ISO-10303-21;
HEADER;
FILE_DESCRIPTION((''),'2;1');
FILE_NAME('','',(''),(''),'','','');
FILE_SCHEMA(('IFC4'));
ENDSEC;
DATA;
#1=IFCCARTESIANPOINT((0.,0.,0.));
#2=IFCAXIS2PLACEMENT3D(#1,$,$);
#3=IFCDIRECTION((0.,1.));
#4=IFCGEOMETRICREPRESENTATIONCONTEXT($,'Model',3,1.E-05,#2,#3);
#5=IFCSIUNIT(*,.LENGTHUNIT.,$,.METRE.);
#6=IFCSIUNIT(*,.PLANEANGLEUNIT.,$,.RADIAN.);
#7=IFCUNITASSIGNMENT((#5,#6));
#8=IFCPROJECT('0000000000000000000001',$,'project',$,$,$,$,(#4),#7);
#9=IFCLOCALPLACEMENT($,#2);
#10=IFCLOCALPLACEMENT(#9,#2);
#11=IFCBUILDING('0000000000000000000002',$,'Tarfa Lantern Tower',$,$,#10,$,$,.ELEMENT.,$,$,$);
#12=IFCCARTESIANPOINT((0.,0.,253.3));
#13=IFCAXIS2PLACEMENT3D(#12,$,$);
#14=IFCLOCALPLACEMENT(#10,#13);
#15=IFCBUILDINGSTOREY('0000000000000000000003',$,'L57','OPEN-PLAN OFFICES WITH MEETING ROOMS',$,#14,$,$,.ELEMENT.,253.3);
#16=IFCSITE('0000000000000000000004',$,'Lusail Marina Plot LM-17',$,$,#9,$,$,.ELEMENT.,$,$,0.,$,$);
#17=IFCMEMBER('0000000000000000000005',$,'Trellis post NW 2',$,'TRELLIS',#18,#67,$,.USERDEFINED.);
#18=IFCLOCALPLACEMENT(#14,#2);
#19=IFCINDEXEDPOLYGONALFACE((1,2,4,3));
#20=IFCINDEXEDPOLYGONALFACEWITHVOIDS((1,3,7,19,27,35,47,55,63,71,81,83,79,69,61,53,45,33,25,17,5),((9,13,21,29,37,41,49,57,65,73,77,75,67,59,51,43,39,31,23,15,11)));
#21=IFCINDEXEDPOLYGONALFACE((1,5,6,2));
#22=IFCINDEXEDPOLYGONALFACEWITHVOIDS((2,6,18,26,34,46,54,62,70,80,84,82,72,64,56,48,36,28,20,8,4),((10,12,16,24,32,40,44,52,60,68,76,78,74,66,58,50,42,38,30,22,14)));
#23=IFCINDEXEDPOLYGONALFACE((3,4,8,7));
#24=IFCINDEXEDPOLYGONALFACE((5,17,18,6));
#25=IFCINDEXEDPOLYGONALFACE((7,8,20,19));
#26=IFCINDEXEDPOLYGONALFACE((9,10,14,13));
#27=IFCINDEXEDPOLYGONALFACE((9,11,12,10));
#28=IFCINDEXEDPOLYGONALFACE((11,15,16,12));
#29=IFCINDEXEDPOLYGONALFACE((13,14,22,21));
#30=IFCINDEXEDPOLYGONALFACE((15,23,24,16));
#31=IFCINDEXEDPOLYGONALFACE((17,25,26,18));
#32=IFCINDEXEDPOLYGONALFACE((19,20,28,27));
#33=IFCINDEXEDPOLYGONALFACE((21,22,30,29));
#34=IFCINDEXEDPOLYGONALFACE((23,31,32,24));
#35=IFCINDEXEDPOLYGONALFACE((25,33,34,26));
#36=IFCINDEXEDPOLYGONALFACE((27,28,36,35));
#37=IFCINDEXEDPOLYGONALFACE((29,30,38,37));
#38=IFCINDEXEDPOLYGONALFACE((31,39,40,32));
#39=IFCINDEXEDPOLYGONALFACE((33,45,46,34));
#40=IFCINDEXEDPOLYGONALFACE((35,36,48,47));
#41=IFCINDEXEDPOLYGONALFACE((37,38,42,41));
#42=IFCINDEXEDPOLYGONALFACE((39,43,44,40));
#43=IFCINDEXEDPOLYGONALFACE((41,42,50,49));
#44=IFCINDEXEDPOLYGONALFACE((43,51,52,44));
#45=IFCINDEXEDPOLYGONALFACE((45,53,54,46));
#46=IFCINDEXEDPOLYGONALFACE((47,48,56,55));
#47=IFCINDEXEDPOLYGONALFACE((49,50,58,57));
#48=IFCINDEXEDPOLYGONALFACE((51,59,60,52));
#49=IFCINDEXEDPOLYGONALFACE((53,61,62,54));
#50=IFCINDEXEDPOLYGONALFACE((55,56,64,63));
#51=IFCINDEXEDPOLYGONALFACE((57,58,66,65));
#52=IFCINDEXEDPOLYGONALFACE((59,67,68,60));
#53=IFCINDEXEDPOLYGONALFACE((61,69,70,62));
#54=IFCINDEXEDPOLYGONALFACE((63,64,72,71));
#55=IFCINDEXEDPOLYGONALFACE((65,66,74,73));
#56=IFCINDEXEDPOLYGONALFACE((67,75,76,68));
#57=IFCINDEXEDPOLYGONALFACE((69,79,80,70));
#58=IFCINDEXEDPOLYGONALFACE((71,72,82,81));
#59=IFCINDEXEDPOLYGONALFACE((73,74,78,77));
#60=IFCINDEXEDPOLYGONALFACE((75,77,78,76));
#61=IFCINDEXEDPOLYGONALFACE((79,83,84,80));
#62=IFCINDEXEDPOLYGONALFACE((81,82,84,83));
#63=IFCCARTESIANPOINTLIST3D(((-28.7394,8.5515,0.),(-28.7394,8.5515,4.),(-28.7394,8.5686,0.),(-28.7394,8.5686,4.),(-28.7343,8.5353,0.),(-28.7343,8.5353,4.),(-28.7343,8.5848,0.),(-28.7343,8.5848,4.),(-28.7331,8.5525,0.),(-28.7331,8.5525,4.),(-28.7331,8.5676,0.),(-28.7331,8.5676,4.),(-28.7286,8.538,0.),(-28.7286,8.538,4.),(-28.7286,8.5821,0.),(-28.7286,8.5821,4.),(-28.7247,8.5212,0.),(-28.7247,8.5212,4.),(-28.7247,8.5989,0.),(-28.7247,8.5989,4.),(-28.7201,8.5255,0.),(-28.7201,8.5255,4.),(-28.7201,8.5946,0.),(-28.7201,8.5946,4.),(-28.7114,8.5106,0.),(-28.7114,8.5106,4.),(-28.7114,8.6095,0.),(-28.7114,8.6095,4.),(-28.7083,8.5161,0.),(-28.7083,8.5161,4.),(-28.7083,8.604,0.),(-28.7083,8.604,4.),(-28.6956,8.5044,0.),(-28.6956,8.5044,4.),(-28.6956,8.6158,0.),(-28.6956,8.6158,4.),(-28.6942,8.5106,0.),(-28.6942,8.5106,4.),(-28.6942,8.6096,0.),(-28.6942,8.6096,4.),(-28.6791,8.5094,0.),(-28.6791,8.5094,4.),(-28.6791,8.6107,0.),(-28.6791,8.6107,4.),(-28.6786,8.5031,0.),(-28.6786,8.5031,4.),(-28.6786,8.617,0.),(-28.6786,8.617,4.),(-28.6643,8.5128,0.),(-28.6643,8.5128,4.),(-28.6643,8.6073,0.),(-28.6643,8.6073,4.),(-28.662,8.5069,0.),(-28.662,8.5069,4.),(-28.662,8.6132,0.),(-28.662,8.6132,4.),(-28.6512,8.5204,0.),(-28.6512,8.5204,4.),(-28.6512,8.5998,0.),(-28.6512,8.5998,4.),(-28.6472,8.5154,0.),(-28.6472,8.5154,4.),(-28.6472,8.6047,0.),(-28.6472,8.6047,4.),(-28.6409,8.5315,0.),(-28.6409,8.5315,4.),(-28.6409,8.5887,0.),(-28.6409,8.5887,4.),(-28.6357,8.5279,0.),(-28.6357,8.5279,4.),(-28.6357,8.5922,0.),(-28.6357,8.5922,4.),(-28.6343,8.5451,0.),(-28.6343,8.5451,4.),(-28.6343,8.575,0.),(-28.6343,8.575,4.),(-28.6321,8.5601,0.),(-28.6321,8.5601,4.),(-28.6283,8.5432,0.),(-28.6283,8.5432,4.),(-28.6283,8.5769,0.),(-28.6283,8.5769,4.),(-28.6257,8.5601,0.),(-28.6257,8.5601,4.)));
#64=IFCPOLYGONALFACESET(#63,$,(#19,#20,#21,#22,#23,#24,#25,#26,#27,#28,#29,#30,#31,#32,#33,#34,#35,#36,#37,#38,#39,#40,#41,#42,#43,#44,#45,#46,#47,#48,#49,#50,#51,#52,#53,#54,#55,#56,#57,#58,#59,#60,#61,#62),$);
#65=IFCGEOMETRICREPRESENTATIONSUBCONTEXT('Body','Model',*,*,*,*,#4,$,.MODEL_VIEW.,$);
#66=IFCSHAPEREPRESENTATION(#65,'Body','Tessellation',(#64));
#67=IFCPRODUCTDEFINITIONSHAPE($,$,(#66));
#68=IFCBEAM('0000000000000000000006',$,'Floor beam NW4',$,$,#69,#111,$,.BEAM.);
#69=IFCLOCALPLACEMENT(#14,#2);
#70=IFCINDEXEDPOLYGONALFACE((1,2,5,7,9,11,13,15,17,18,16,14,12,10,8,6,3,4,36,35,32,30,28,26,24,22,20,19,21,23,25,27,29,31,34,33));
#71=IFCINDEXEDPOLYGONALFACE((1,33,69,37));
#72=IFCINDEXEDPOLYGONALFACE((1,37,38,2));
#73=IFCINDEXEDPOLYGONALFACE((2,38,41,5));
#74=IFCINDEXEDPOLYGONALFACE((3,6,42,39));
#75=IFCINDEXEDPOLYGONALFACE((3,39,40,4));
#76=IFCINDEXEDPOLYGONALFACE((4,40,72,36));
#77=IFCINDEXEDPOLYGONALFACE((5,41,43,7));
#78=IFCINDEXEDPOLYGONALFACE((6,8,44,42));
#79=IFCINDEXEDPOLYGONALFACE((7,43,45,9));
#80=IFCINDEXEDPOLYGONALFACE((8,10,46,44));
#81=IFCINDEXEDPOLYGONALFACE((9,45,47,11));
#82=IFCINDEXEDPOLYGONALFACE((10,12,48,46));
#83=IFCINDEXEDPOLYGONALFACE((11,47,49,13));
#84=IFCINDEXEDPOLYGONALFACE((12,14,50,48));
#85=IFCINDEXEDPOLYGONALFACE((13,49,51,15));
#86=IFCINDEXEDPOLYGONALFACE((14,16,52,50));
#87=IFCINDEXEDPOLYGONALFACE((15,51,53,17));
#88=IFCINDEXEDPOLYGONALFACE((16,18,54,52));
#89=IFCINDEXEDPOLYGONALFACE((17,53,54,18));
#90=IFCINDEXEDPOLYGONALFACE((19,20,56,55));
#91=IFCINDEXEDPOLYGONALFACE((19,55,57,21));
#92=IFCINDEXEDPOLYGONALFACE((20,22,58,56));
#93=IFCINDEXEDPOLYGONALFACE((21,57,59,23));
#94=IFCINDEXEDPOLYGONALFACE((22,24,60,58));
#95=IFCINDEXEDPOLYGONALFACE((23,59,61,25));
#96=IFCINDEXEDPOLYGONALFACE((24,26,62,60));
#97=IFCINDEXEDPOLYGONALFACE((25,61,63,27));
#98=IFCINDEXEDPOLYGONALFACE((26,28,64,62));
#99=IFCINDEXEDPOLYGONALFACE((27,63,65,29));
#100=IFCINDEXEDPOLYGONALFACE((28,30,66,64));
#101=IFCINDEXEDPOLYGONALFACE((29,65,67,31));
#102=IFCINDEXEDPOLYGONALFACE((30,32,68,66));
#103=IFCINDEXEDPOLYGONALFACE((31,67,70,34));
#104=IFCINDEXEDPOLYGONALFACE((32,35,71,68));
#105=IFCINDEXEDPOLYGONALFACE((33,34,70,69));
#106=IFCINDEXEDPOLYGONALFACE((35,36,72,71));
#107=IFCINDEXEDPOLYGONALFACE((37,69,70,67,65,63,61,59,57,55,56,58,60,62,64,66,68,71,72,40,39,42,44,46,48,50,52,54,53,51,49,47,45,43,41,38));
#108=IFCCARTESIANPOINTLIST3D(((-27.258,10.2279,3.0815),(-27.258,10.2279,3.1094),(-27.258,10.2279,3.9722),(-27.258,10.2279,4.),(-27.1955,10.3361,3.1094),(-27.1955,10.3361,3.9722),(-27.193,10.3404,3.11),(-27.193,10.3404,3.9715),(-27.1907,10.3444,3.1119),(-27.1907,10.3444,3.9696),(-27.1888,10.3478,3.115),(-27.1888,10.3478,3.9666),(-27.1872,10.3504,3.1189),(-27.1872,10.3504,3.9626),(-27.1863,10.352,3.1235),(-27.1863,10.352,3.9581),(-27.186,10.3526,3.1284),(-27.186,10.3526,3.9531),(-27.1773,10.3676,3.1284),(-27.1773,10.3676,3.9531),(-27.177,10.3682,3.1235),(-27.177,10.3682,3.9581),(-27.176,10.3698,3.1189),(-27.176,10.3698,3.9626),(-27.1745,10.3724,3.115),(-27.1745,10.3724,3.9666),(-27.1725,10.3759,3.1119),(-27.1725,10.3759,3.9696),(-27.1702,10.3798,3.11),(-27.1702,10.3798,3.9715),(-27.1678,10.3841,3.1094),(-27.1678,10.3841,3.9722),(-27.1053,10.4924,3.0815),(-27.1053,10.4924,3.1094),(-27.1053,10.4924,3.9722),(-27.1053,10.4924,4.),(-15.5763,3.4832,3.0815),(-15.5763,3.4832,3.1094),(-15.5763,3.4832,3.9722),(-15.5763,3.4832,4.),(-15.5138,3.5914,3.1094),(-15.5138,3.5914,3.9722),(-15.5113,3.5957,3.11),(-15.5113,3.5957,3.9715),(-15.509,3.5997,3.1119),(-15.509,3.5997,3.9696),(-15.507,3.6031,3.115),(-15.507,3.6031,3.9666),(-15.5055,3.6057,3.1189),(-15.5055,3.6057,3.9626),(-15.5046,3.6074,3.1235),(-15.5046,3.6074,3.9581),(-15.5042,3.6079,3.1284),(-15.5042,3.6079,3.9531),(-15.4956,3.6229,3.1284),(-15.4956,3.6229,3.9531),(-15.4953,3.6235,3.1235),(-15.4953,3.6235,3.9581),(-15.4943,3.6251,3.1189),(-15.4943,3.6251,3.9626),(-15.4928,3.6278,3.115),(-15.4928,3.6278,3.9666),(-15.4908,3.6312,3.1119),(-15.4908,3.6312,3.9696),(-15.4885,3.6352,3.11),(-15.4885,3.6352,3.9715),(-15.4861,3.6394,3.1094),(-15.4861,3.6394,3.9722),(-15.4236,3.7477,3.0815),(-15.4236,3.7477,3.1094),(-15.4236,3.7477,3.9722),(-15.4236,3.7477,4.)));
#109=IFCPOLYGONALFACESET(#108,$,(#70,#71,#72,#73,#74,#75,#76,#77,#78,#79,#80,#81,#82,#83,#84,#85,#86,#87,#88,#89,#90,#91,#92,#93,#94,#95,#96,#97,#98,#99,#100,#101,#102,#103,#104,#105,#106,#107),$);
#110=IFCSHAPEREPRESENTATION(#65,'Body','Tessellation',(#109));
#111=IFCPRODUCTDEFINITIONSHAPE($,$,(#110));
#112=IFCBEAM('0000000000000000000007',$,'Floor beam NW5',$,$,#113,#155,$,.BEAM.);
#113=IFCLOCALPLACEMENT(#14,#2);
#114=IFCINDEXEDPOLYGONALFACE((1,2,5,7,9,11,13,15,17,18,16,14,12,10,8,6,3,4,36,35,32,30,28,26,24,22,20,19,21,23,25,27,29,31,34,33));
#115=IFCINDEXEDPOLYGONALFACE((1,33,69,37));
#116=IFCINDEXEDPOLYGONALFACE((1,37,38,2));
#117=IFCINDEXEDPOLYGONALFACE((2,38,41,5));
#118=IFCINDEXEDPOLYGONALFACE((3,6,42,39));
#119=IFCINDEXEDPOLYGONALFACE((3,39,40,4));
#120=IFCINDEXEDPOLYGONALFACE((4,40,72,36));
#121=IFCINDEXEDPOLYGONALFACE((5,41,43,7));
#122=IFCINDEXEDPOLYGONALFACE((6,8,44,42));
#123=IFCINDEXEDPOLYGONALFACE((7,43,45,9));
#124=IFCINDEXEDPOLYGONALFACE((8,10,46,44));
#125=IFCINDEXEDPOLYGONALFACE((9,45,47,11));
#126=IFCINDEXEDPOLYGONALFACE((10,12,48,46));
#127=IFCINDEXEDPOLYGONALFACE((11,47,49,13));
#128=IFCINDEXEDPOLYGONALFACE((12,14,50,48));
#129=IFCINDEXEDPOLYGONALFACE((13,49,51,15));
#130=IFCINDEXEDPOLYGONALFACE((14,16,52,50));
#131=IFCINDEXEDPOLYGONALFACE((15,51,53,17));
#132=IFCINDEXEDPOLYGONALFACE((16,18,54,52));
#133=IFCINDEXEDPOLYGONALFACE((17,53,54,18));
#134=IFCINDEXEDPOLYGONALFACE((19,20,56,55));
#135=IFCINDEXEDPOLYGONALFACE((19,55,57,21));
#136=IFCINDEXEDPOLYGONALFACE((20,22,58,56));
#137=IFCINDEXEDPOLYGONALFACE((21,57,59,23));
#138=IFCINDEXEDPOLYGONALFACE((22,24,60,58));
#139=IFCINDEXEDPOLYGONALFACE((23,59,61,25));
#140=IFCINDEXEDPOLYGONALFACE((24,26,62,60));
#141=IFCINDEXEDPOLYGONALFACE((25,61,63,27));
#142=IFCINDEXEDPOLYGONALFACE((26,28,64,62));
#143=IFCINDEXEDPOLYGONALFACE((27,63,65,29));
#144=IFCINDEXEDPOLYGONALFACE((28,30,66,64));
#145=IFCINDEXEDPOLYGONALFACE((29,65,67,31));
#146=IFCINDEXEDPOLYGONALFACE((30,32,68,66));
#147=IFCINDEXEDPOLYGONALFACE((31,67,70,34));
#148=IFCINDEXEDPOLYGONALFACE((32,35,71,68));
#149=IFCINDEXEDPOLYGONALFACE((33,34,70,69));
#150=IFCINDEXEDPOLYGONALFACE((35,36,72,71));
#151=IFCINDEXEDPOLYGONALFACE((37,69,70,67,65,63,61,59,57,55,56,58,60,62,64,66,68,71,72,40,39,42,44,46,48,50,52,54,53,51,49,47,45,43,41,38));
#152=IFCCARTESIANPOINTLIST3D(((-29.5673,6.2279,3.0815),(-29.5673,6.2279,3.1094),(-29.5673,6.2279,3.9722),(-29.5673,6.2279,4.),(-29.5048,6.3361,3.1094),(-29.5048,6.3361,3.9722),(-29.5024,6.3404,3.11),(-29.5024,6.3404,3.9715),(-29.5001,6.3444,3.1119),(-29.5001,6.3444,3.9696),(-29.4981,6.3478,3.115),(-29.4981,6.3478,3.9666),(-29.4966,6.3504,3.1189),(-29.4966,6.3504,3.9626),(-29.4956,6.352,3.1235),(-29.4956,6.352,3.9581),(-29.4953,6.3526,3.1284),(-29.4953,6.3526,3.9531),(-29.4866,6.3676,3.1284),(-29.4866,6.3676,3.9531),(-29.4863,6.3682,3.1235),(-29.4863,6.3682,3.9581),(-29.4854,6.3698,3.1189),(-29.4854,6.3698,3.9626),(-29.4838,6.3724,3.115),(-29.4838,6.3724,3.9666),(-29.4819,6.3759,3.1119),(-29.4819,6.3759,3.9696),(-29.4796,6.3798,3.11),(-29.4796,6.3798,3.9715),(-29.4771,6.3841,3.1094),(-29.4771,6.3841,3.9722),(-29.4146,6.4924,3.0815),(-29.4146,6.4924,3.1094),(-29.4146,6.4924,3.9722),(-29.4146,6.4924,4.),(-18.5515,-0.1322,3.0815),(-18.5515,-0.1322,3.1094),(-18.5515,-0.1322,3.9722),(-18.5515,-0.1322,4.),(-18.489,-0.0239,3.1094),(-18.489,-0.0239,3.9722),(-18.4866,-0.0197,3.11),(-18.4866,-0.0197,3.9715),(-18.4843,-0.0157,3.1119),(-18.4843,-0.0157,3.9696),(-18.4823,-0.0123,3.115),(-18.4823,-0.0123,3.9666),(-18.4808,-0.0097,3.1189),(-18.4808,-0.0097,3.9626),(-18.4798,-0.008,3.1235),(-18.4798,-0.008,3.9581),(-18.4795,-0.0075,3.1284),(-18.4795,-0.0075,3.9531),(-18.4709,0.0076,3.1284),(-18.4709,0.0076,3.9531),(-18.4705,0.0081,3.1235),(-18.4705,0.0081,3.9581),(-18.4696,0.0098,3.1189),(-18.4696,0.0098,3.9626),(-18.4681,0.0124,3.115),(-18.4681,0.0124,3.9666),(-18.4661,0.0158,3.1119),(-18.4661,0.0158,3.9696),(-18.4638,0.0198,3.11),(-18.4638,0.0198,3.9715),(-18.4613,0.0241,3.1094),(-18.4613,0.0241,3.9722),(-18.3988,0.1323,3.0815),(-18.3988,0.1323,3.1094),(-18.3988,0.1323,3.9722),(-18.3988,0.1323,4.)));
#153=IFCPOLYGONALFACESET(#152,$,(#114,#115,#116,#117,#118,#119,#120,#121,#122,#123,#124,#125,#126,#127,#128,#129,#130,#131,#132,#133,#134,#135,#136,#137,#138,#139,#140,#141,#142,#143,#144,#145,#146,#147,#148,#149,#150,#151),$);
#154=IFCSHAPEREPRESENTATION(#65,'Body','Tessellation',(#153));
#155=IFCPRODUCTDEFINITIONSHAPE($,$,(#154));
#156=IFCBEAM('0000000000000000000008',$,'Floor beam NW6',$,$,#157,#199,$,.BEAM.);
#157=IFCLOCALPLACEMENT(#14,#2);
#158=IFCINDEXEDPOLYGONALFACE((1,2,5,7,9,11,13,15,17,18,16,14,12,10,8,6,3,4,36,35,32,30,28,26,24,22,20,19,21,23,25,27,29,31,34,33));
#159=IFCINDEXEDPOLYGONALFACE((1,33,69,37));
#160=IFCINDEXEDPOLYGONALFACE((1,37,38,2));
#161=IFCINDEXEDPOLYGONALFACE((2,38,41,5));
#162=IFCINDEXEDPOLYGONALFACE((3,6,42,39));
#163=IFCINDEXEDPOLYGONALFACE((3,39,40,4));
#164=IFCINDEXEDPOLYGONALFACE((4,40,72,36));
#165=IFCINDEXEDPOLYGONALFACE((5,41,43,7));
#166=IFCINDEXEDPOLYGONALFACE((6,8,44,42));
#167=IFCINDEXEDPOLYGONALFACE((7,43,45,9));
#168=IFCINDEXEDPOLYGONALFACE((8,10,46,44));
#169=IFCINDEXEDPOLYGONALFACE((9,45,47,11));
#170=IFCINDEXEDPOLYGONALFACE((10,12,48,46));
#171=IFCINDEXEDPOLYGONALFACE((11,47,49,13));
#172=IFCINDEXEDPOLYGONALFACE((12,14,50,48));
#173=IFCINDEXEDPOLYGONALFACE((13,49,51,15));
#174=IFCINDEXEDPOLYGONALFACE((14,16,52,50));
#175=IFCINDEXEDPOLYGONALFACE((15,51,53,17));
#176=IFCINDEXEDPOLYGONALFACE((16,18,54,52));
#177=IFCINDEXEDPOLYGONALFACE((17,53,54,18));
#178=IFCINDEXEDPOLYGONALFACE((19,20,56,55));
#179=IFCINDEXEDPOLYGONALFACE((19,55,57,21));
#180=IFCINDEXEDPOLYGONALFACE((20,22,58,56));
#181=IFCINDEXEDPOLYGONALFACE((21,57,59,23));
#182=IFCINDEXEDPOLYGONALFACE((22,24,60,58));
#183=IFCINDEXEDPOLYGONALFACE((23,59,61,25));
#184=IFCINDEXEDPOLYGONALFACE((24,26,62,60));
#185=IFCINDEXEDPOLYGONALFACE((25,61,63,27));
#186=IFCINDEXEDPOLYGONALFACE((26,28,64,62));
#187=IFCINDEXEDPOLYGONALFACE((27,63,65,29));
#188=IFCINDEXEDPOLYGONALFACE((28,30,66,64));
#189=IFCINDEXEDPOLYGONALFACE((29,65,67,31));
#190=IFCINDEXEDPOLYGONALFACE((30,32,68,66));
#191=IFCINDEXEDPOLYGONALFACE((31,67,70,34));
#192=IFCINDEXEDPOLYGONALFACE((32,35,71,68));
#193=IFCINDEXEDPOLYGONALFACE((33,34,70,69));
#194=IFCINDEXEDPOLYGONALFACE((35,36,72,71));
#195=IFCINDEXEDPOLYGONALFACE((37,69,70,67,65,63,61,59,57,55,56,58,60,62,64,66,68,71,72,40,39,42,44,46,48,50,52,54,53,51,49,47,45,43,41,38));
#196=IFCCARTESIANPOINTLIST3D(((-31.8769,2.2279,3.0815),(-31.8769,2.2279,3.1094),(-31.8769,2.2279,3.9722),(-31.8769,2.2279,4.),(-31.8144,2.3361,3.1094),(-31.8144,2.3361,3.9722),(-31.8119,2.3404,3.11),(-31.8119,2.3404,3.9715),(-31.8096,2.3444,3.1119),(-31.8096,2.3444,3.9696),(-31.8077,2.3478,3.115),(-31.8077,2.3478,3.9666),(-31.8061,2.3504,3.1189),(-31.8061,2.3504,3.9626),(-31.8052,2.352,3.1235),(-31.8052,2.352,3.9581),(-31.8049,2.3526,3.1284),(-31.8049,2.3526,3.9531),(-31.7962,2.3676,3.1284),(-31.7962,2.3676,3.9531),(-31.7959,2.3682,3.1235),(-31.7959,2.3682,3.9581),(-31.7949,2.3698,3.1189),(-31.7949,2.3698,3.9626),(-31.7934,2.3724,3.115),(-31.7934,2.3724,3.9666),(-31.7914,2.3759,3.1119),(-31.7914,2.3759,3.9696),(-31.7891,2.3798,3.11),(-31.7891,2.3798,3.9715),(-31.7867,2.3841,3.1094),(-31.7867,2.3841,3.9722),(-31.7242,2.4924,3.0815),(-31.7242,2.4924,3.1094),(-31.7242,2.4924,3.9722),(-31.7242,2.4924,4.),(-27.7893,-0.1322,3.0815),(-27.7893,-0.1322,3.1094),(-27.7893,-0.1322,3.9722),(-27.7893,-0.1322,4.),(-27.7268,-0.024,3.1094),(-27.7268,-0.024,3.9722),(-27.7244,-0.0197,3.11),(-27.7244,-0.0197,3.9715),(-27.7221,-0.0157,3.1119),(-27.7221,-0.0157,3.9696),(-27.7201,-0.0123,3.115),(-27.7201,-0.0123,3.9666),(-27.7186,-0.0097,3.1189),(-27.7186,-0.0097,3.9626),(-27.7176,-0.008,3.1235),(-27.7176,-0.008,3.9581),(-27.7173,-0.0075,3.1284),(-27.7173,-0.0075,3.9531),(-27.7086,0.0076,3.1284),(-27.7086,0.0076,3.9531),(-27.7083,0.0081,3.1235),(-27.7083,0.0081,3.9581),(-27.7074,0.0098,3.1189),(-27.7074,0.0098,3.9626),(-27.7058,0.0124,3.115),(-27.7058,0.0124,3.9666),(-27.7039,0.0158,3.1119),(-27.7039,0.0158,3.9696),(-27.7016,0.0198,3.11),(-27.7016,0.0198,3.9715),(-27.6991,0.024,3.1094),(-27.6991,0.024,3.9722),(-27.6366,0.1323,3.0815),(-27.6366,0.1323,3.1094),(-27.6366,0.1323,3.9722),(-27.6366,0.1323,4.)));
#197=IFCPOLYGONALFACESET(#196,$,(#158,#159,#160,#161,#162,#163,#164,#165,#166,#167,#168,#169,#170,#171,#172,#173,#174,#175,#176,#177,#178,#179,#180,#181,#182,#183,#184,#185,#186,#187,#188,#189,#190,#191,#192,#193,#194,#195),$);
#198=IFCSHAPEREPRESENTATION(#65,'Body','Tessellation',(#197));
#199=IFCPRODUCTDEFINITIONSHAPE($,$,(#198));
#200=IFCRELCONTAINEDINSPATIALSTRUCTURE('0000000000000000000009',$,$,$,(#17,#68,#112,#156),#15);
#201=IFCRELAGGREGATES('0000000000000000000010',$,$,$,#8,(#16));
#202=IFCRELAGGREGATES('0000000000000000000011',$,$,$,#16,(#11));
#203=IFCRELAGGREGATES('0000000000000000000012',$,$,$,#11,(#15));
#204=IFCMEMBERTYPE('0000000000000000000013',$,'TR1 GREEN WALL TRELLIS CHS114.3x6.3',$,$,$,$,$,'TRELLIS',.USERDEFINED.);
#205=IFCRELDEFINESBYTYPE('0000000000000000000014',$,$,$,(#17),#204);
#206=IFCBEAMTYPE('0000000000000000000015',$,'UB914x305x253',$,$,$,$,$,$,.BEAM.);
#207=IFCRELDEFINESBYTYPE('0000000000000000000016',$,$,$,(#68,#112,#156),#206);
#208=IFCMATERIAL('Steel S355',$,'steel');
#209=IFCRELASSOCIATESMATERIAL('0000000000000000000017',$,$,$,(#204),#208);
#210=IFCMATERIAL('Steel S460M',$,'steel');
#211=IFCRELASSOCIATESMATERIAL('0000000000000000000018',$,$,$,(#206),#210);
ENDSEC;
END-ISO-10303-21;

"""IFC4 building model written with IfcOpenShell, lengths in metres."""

from ifc_helpers import new_model, si_unit, direction, frame, origin, origin_2d, place, context, subcontext, project, spatial, hollow_circle, i_section, extrude, material, material_profile, profile_set, type_object, element, save


model = new_model("IFC4")

# Units and contexts
model_context = context("Model", 3, precision=1e-05, world=origin(), true_north=direction((0.0, 1.0)))
body_context = subcontext(model_context, "Body", "Model", "MODEL_VIEW")
ifc_project = project(units=[si_unit("LENGTHUNIT", "METRE"), si_unit("PLANEANGLEUNIT", "RADIAN")], contexts=[model_context])

# Site, building, storey
site_placement = place(None, origin())
site = spatial("IfcSite", under=ifc_project, at=site_placement, Name="Lusail Marina Plot LM-17", CompositionType="ELEMENT", RefElevation=0.0)
building_placement = place(site_placement, origin())
building = spatial("IfcBuilding", under=site, at=building_placement, Name="Tarfa Lantern Tower", CompositionType="ELEMENT")
storey_placement = place(building_placement, frame((0.0, 0.0, 253.3)))
storey = spatial("IfcBuildingStorey", under=building, at=storey_placement, Name="L57", Description="OPEN-PLAN OFFICES WITH MEETING ROOMS", CompositionType="ELEMENT", Elevation=253.3)

# Member
ifc_material_1 = material(Name="Steel S355", Category="steel")
ifc_material_profile_1 = material_profile(ifc_material_1, hollow_circle(Radius=0.0571, WallThickness=0.0063, at=origin_2d()), Name="CHS114.3x6.3")
ifc_profile_set_1 = profile_set([ifc_material_profile_1], Name="Steel S355")
member_type_1 = type_object("IfcMemberType", Name="TR1 GREEN WALL TRELLIS CHS114.3x6.3", ElementType="TRELLIS", PredefinedType="USERDEFINED", material=ifc_profile_set_1)
member_1_placement = place(storey_placement, frame((-28.6829, 8.5601, 0.0), z_axis=(0.0, 0.0, 1.0), x_axis=(1.0, 0.0, 0.0)))
element("IfcMember", 1, at=member_1_placement, inside=storey, type_object=member_type_1, Name="Trellis post NW 2", ObjectType="TRELLIS", PredefinedType="USERDEFINED", context=body_context, shape_type="SweptSolid", body=[
    extrude(hollow_circle(Radius=0.0571, WallThickness=0.0063, at=origin_2d()), origin(), (0.0, 0.0, 1.0), 4.0),
])

# Beams
ifc_material_2 = material(Name="Steel S460M", Category="steel")
ifc_material_profile_2 = material_profile(ifc_material_2, i_section(OverallWidth=0.3054, OverallDepth=0.9185, WebThickness=0.0173, FlangeThickness=0.0278, FilletRadius=0.019, at=origin_2d()), Name="UB914x305x253")
ifc_profile_set_2 = profile_set([ifc_material_profile_2], Name="Steel S460M")
beam_type_1 = type_object("IfcBeamType", Name="UB914x305x253", PredefinedType="BEAM", material=ifc_profile_set_2)
beam_1_placement = place(storey_placement, frame((-27.1816, 10.3601, 3.5408), z_axis=(0.866018, -0.500013, 0.0), x_axis=(0.500013, 0.866018, 0.0)))
element("IfcBeam", 2, at=beam_1_placement, inside=storey, type_object=beam_type_1, Name="Floor beam NW4", PredefinedType="BEAM", context=body_context, shape_type="SweptSolid", body=[
    extrude(i_section(OverallWidth=0.3054, OverallDepth=0.9185, WebThickness=0.0173, FlangeThickness=0.0278, FilletRadius=0.019, at=origin_2d()), origin(), (0.0, 0.0, 1.0), 13.489),
])
beam_2_placement = place(storey_placement, frame((-29.491, 6.3601, 3.5408), z_axis=(0.866022, -0.500005, 0.0), x_axis=(0.500005, 0.866022, 0.0)))
element("IfcBeam", 3, at=beam_2_placement, inside=storey, type_object=beam_type_1, Name="Floor beam NW5", PredefinedType="BEAM", context=body_context, shape_type="SweptSolid", body=[
    extrude(i_section(OverallWidth=0.3054, OverallDepth=0.9185, WebThickness=0.0173, FlangeThickness=0.0278, FilletRadius=0.019, at=origin_2d()), origin(), (0.0, 0.0, 1.0), 12.72),
])
beam_3_placement = place(storey_placement, frame((-31.8005, 2.3601, 3.5408), z_axis=(0.866016, -0.500016, 0.0), x_axis=(0.500016, 0.866016, 0.0)))
element("IfcBeam", 4, at=beam_3_placement, inside=storey, type_object=beam_type_1, Name="Floor beam NW6", PredefinedType="BEAM", context=body_context, shape_type="SweptSolid", body=[
    extrude(i_section(OverallWidth=0.3054, OverallDepth=0.9185, WebThickness=0.0173, FlangeThickness=0.0278, FilletRadius=0.019, at=origin_2d()), origin(), (0.0, 0.0, 1.0), 4.72),
])

save(model, "model.ifc")
